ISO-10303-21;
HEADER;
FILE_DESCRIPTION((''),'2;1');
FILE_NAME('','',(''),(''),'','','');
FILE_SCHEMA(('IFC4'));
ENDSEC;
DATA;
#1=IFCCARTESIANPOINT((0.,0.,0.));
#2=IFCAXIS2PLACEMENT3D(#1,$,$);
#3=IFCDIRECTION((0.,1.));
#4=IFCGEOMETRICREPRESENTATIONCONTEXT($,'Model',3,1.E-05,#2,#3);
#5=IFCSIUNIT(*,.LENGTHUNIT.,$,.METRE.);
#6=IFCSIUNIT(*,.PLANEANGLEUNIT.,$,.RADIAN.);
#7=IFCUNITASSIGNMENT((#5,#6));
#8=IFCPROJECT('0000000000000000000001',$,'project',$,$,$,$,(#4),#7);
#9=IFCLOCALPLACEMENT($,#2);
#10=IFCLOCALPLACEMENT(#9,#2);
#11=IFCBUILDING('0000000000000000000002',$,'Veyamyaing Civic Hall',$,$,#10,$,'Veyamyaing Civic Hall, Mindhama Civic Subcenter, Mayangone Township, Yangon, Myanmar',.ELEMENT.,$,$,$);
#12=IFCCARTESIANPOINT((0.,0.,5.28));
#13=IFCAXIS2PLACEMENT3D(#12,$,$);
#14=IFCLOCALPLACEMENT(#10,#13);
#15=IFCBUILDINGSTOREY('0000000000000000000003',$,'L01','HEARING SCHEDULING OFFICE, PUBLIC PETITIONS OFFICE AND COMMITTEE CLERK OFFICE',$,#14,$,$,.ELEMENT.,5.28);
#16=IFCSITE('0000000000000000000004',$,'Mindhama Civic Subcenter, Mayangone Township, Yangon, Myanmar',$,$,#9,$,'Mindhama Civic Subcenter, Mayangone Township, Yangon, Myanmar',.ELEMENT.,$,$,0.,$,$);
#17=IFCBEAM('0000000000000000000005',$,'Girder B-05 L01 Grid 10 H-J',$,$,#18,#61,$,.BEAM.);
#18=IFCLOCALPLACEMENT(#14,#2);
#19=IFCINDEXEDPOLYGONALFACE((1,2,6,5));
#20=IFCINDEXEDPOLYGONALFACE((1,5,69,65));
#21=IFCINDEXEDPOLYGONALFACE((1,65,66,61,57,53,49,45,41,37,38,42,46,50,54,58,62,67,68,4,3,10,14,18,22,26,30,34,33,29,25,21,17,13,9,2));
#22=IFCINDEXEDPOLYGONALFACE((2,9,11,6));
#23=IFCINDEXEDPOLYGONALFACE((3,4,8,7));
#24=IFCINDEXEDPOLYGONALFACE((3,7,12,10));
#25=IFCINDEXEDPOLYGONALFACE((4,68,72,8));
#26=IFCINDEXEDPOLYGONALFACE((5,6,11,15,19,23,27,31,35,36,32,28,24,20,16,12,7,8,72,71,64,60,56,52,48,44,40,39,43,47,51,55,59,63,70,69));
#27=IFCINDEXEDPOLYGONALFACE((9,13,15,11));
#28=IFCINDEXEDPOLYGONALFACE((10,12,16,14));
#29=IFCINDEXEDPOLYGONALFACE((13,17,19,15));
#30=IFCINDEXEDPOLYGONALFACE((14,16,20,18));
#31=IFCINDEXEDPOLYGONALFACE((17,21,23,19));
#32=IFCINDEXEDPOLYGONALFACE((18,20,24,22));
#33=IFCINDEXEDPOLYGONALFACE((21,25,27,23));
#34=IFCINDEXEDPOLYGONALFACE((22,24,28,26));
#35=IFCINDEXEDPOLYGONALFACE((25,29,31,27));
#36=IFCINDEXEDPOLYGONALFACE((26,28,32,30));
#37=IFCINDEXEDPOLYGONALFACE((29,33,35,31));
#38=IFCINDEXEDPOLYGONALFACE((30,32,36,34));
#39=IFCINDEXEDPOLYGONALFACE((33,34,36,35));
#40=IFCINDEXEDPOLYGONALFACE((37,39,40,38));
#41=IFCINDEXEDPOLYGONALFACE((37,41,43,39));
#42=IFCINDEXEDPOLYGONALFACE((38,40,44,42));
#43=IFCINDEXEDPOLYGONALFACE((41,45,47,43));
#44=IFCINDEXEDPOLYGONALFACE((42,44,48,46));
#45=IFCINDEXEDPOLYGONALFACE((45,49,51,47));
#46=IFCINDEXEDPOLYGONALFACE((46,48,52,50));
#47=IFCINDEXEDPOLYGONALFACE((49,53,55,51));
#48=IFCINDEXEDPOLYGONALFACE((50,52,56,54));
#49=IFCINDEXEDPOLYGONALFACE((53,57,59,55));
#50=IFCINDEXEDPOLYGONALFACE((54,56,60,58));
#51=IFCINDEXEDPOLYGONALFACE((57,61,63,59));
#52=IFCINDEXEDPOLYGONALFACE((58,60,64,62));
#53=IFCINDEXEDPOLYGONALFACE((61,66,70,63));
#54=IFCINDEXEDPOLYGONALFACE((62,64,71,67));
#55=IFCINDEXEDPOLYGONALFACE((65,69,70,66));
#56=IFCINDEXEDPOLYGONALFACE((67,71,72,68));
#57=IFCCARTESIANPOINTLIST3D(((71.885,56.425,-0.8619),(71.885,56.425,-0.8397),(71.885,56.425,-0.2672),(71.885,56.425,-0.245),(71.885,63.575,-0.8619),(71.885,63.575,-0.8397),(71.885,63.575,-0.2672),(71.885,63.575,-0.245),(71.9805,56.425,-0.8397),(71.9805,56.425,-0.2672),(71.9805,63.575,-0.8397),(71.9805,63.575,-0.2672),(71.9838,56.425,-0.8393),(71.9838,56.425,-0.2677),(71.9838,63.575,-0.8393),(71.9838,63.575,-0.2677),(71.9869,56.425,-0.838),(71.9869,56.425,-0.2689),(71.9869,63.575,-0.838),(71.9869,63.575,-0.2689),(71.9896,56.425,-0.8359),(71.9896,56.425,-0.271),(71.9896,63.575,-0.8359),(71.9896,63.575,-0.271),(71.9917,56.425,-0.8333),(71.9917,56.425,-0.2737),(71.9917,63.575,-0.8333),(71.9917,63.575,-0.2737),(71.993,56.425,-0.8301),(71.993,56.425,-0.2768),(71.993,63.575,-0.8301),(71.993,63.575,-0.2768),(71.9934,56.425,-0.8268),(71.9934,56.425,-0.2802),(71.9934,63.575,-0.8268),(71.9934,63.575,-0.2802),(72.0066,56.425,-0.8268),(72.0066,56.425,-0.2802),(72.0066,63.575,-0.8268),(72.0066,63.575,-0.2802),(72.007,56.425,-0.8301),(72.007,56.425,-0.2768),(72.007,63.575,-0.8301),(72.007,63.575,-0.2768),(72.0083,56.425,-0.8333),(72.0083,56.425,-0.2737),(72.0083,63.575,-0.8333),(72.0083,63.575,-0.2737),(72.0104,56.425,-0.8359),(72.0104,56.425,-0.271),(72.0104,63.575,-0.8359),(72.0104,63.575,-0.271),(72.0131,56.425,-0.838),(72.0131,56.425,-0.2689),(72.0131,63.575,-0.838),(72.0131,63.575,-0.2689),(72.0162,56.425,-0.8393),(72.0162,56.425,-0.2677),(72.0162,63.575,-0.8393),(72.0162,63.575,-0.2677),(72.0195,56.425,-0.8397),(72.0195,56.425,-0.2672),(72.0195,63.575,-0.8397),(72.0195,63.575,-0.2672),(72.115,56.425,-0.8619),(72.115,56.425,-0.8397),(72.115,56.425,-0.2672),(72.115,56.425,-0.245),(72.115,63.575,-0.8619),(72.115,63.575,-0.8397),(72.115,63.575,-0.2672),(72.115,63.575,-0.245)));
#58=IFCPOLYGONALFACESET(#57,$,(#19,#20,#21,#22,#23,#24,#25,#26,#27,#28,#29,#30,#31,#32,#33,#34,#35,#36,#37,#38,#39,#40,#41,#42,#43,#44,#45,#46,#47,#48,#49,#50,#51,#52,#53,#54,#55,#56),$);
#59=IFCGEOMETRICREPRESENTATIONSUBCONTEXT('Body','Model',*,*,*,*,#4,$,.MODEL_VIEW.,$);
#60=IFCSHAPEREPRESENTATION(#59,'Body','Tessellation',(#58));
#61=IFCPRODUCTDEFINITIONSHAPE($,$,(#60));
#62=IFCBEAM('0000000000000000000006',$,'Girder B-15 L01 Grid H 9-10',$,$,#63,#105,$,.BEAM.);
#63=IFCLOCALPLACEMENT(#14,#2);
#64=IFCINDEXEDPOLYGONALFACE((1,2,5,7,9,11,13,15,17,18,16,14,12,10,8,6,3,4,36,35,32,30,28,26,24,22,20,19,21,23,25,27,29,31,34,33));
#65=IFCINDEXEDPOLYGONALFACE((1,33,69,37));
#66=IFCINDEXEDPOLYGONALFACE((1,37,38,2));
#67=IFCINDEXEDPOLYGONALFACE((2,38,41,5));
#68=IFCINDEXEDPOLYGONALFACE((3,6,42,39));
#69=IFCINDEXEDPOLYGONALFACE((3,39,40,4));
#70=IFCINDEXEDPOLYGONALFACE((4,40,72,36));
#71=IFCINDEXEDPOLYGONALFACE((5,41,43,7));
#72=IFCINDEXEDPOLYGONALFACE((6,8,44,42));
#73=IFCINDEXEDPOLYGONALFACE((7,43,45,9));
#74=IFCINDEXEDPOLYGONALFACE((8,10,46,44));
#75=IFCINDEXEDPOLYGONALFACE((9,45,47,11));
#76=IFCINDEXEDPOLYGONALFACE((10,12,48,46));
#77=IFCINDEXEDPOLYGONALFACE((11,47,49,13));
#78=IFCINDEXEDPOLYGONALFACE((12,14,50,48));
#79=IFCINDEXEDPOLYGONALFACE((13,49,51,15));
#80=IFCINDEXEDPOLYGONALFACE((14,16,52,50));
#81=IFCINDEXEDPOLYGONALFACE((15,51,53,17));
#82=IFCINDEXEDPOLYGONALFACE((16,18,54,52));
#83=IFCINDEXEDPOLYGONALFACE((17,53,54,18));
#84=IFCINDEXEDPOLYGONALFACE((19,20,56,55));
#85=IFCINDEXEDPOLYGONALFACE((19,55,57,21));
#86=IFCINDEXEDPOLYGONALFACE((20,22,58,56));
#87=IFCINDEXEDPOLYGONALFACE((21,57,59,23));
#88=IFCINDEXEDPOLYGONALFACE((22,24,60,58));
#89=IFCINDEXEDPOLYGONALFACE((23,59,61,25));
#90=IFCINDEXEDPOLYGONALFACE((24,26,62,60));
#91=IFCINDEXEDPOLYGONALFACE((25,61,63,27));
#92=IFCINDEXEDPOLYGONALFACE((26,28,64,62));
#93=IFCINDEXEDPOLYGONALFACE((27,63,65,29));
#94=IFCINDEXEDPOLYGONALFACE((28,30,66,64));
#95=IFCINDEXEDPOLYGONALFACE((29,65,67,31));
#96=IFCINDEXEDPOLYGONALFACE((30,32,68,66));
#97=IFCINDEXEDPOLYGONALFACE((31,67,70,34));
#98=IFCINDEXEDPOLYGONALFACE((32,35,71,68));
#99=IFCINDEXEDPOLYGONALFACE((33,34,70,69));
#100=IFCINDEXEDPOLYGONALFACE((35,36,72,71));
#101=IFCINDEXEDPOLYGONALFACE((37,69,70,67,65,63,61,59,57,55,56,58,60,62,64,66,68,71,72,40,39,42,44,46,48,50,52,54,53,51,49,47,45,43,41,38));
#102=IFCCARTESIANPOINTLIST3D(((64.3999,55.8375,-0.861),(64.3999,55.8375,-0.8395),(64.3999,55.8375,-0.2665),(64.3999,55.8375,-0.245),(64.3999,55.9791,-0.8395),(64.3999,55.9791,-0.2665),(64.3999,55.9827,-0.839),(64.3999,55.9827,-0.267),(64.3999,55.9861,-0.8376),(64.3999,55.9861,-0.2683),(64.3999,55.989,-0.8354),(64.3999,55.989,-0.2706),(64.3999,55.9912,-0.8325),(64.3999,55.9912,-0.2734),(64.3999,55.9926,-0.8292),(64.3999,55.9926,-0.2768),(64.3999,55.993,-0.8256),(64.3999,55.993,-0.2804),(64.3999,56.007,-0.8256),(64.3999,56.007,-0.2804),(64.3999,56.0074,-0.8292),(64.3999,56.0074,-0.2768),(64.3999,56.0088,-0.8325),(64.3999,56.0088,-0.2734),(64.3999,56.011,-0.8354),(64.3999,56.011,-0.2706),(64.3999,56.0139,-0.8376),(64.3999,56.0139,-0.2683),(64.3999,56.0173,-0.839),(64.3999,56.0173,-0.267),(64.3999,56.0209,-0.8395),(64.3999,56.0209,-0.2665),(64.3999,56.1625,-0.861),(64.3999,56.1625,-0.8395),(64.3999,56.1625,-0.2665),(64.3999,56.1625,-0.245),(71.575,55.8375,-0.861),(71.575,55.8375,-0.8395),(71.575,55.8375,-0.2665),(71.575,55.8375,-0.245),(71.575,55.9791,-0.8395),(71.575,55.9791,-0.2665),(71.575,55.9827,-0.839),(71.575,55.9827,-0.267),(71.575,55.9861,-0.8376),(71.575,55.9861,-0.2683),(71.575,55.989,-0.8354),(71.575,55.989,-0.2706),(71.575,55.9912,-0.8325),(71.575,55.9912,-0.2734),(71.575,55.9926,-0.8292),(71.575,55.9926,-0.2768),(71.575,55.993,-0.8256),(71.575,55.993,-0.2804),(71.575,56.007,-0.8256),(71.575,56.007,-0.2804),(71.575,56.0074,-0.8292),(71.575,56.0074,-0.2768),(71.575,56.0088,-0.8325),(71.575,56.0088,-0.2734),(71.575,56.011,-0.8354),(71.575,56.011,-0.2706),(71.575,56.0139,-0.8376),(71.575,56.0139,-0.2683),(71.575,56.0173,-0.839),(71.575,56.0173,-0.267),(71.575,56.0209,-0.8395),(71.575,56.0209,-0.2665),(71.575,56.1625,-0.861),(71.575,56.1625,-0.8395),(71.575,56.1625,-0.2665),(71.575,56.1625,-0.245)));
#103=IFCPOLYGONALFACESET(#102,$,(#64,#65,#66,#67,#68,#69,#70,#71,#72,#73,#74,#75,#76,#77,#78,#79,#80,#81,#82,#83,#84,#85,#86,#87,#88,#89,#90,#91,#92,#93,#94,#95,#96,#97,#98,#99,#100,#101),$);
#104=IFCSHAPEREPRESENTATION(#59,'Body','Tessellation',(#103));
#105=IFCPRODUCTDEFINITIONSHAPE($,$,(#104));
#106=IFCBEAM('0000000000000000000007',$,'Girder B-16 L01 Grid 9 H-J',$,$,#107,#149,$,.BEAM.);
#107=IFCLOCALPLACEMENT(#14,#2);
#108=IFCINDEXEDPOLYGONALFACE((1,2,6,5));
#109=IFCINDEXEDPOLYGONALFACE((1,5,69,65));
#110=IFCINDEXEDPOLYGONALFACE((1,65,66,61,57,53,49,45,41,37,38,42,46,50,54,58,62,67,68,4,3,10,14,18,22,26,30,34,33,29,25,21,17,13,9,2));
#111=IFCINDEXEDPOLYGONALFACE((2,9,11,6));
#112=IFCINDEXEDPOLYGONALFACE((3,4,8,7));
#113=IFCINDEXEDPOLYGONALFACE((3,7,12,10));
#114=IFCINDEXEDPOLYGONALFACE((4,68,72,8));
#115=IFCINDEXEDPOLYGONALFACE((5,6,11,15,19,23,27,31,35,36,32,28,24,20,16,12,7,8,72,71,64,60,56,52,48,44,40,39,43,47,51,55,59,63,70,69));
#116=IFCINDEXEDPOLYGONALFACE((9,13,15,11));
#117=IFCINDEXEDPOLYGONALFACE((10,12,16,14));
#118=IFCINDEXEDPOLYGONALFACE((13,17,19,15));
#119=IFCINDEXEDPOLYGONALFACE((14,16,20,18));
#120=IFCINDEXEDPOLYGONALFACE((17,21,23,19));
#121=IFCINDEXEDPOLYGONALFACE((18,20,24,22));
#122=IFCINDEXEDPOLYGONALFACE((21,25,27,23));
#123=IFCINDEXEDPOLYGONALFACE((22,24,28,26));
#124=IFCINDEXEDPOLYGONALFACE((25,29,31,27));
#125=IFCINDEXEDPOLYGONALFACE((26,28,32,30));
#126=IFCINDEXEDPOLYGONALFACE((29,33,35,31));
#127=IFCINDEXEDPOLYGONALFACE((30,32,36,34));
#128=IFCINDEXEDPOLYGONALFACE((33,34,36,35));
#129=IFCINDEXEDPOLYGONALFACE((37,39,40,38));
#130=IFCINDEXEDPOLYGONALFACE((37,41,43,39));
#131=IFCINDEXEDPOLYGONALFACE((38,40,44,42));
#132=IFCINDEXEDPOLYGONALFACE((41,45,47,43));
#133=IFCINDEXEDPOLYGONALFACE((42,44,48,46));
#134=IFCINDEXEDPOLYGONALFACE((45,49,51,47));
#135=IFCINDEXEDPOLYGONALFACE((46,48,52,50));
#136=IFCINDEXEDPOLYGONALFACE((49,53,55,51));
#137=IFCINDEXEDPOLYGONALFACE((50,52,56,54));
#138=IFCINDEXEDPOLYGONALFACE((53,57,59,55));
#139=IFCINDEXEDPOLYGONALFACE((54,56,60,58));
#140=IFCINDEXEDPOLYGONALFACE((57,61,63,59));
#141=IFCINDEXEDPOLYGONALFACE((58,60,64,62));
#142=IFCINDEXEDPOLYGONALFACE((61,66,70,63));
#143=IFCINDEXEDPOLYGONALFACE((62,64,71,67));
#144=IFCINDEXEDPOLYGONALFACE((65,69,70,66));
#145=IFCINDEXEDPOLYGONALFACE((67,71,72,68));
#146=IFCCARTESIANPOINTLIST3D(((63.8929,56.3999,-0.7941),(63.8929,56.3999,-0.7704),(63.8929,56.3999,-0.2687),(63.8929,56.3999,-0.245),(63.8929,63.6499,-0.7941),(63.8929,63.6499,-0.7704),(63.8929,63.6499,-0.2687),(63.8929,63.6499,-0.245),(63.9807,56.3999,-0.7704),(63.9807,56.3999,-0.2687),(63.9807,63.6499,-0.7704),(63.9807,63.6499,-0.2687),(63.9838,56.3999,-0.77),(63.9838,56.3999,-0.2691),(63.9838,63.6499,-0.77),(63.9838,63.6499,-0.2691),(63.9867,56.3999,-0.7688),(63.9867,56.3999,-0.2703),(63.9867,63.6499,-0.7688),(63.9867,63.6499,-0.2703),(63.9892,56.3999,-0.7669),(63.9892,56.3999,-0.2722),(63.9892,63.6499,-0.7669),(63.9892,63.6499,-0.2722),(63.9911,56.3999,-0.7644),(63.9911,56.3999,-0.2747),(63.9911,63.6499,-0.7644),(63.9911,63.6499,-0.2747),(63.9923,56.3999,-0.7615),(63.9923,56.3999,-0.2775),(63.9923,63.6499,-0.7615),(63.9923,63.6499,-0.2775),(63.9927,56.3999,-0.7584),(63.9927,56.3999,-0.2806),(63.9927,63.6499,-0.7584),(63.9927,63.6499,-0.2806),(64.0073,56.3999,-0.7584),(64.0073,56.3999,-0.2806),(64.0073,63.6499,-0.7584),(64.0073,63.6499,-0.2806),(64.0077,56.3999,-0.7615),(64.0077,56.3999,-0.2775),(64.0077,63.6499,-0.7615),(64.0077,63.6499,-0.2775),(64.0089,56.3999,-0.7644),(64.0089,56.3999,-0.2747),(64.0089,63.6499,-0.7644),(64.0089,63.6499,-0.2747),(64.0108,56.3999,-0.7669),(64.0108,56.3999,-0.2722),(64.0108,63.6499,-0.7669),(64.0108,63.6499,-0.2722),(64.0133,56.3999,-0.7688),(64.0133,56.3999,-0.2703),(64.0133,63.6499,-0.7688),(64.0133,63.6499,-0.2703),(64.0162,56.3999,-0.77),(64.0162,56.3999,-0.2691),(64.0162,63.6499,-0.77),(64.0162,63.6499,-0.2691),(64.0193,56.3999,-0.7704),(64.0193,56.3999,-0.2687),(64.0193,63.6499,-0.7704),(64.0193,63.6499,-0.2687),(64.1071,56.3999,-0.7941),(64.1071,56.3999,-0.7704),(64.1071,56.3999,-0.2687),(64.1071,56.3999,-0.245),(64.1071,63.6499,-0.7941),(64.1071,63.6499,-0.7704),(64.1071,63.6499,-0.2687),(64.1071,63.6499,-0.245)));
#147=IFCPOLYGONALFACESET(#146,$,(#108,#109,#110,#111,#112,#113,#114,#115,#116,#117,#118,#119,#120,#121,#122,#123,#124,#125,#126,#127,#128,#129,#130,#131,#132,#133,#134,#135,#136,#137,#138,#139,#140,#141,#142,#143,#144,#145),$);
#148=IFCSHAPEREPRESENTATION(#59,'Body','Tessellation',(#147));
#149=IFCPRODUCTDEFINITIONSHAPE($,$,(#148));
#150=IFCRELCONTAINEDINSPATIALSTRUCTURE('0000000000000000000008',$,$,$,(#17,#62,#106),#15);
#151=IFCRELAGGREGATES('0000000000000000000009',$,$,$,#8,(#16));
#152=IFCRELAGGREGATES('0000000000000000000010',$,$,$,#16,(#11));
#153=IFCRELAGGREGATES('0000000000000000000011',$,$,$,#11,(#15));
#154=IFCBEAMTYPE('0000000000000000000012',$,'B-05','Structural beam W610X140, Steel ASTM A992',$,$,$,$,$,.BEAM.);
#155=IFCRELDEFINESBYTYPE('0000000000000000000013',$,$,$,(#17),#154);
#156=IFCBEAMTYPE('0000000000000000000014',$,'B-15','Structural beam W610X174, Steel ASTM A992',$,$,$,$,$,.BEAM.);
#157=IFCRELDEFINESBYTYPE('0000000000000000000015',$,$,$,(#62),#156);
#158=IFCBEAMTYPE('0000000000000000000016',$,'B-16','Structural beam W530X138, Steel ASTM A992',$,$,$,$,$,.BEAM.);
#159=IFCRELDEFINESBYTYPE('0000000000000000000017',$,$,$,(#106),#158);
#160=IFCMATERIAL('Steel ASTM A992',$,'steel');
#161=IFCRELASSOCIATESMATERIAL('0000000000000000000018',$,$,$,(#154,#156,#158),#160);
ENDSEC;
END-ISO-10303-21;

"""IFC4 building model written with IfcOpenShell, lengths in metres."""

from ifc_helpers import new_model, si_unit, direction, frame, origin, origin_2d, place, context, subcontext, project, spatial, i_section, extrude, material, material_profile, profile_set, type_object, element, save


model = new_model("IFC4")

# Units and contexts
model_context = context("Model", 3, precision=1e-05, world=origin(), true_north=direction((0.0, 1.0)))
body_context = subcontext(model_context, "Body", "Model", "MODEL_VIEW")
ifc_project = project(units=[si_unit("LENGTHUNIT", "METRE"), si_unit("PLANEANGLEUNIT", "RADIAN")], contexts=[model_context])

# Site, building, storey
site_placement = place(None, origin())
site = spatial("IfcSite", under=ifc_project, at=site_placement, Name="Mindhama Civic Subcenter, Mayangone Township, Yangon, Myanmar", LongName="Mindhama Civic Subcenter, Mayangone Township, Yangon, Myanmar", CompositionType="ELEMENT", RefElevation=0.0)
building_placement = place(site_placement, origin())
building = spatial("IfcBuilding", under=site, at=building_placement, Name="Veyamyaing Civic Hall", LongName="Veyamyaing Civic Hall, Mindhama Civic Subcenter, Mayangone Township, Yangon, Myanmar", CompositionType="ELEMENT")
storey_placement = place(building_placement, frame((0.0, 0.0, 5.28)))
storey = spatial("IfcBuildingStorey", under=building, at=storey_placement, Name="L01", Description="HEARING SCHEDULING OFFICE, PUBLIC PETITIONS OFFICE AND COMMITTEE CLERK OFFICE", CompositionType="ELEMENT", Elevation=5.28)

# Beams
ifc_material_1 = material(Name="Steel ASTM A992", Category="steel")
ifc_material_profile_1 = material_profile(ifc_material_1, i_section(OverallWidth=0.23, OverallDepth=0.6169, WebThickness=0.0132, FlangeThickness=0.0222, FilletRadius=0.0129, at=origin_2d()), Name="W610X140")
ifc_profile_set_1 = profile_set([ifc_material_profile_1], Name="Steel ASTM A992")
beam_type_1 = type_object("IfcBeamType", Name="B-05", Description="Structural beam W610X140, Steel ASTM A992", PredefinedType="BEAM", material=ifc_profile_set_1)
beam_1_placement = place(storey_placement, frame((72.0, 56.425, -0.5535), z_axis=(0.0, 1.0, 0.0), x_axis=(-1.0, 0.0, 0.0)))
element("IfcBeam", 1, at=beam_1_placement, inside=storey, type_object=beam_type_1, Name="Girder B-05 L01 Grid 10 H-J", PredefinedType="BEAM", context=body_context, shape_type="SweptSolid", body=[
    extrude(i_section(OverallWidth=0.23, OverallDepth=0.6169, WebThickness=0.0132, FlangeThickness=0.0222, FilletRadius=0.0129, at=origin_2d()), origin(), (0.0, 0.0, 1.0), 7.1499),
])
ifc_material_profile_2 = material_profile(ifc_material_1, i_section(OverallWidth=0.325, OverallDepth=0.616, WebThickness=0.0139, FlangeThickness=0.0215, FilletRadius=0.0139, at=origin_2d()), Name="W610X174")
ifc_profile_set_2 = profile_set([ifc_material_profile_2], Name="Steel ASTM A992")
beam_type_2 = type_object("IfcBeamType", Name="B-15", Description="Structural beam W610X174, Steel ASTM A992", PredefinedType="BEAM", material=ifc_profile_set_2)
beam_2_placement = place(storey_placement, frame((64.3999, 56.0, -0.553), z_axis=(1.0, 0.0, 0.0), x_axis=(0.0, 1.0, 0.0)))
element("IfcBeam", 2, at=beam_2_placement, inside=storey, type_object=beam_type_2, Name="Girder B-15 L01 Grid H 9-10", PredefinedType="BEAM", context=body_context, shape_type="SweptSolid", body=[
    extrude(i_section(OverallWidth=0.325, OverallDepth=0.616, WebThickness=0.0139, FlangeThickness=0.0215, FilletRadius=0.0139, at=origin_2d()), origin(), (0.0, 0.0, 1.0), 7.175),
])
ifc_material_profile_3 = material_profile(ifc_material_1, i_section(OverallWidth=0.2141, OverallDepth=0.5491, WebThickness=0.0146, FlangeThickness=0.0237, FilletRadius=0.012, at=origin_2d()), Name="W530X138")
ifc_profile_set_3 = profile_set([ifc_material_profile_3], Name="Steel ASTM A992")
beam_type_3 = type_object("IfcBeamType", Name="B-16", Description="Structural beam W530X138, Steel ASTM A992", PredefinedType="BEAM", material=ifc_profile_set_3)
beam_3_placement = place(storey_placement, frame((64.0, 56.3999, -0.5195), z_axis=(0.0, 1.0, 0.0), x_axis=(-1.0, 0.0, 0.0)))
element("IfcBeam", 3, at=beam_3_placement, inside=storey, type_object=beam_type_3, Name="Girder B-16 L01 Grid 9 H-J", PredefinedType="BEAM", context=body_context, shape_type="SweptSolid", body=[
    extrude(i_section(OverallWidth=0.2141, OverallDepth=0.5491, WebThickness=0.0146, FlangeThickness=0.0237, FilletRadius=0.012, at=origin_2d()), origin(), (0.0, 0.0, 1.0), 7.25),
])

save(model, "model.ifc")
